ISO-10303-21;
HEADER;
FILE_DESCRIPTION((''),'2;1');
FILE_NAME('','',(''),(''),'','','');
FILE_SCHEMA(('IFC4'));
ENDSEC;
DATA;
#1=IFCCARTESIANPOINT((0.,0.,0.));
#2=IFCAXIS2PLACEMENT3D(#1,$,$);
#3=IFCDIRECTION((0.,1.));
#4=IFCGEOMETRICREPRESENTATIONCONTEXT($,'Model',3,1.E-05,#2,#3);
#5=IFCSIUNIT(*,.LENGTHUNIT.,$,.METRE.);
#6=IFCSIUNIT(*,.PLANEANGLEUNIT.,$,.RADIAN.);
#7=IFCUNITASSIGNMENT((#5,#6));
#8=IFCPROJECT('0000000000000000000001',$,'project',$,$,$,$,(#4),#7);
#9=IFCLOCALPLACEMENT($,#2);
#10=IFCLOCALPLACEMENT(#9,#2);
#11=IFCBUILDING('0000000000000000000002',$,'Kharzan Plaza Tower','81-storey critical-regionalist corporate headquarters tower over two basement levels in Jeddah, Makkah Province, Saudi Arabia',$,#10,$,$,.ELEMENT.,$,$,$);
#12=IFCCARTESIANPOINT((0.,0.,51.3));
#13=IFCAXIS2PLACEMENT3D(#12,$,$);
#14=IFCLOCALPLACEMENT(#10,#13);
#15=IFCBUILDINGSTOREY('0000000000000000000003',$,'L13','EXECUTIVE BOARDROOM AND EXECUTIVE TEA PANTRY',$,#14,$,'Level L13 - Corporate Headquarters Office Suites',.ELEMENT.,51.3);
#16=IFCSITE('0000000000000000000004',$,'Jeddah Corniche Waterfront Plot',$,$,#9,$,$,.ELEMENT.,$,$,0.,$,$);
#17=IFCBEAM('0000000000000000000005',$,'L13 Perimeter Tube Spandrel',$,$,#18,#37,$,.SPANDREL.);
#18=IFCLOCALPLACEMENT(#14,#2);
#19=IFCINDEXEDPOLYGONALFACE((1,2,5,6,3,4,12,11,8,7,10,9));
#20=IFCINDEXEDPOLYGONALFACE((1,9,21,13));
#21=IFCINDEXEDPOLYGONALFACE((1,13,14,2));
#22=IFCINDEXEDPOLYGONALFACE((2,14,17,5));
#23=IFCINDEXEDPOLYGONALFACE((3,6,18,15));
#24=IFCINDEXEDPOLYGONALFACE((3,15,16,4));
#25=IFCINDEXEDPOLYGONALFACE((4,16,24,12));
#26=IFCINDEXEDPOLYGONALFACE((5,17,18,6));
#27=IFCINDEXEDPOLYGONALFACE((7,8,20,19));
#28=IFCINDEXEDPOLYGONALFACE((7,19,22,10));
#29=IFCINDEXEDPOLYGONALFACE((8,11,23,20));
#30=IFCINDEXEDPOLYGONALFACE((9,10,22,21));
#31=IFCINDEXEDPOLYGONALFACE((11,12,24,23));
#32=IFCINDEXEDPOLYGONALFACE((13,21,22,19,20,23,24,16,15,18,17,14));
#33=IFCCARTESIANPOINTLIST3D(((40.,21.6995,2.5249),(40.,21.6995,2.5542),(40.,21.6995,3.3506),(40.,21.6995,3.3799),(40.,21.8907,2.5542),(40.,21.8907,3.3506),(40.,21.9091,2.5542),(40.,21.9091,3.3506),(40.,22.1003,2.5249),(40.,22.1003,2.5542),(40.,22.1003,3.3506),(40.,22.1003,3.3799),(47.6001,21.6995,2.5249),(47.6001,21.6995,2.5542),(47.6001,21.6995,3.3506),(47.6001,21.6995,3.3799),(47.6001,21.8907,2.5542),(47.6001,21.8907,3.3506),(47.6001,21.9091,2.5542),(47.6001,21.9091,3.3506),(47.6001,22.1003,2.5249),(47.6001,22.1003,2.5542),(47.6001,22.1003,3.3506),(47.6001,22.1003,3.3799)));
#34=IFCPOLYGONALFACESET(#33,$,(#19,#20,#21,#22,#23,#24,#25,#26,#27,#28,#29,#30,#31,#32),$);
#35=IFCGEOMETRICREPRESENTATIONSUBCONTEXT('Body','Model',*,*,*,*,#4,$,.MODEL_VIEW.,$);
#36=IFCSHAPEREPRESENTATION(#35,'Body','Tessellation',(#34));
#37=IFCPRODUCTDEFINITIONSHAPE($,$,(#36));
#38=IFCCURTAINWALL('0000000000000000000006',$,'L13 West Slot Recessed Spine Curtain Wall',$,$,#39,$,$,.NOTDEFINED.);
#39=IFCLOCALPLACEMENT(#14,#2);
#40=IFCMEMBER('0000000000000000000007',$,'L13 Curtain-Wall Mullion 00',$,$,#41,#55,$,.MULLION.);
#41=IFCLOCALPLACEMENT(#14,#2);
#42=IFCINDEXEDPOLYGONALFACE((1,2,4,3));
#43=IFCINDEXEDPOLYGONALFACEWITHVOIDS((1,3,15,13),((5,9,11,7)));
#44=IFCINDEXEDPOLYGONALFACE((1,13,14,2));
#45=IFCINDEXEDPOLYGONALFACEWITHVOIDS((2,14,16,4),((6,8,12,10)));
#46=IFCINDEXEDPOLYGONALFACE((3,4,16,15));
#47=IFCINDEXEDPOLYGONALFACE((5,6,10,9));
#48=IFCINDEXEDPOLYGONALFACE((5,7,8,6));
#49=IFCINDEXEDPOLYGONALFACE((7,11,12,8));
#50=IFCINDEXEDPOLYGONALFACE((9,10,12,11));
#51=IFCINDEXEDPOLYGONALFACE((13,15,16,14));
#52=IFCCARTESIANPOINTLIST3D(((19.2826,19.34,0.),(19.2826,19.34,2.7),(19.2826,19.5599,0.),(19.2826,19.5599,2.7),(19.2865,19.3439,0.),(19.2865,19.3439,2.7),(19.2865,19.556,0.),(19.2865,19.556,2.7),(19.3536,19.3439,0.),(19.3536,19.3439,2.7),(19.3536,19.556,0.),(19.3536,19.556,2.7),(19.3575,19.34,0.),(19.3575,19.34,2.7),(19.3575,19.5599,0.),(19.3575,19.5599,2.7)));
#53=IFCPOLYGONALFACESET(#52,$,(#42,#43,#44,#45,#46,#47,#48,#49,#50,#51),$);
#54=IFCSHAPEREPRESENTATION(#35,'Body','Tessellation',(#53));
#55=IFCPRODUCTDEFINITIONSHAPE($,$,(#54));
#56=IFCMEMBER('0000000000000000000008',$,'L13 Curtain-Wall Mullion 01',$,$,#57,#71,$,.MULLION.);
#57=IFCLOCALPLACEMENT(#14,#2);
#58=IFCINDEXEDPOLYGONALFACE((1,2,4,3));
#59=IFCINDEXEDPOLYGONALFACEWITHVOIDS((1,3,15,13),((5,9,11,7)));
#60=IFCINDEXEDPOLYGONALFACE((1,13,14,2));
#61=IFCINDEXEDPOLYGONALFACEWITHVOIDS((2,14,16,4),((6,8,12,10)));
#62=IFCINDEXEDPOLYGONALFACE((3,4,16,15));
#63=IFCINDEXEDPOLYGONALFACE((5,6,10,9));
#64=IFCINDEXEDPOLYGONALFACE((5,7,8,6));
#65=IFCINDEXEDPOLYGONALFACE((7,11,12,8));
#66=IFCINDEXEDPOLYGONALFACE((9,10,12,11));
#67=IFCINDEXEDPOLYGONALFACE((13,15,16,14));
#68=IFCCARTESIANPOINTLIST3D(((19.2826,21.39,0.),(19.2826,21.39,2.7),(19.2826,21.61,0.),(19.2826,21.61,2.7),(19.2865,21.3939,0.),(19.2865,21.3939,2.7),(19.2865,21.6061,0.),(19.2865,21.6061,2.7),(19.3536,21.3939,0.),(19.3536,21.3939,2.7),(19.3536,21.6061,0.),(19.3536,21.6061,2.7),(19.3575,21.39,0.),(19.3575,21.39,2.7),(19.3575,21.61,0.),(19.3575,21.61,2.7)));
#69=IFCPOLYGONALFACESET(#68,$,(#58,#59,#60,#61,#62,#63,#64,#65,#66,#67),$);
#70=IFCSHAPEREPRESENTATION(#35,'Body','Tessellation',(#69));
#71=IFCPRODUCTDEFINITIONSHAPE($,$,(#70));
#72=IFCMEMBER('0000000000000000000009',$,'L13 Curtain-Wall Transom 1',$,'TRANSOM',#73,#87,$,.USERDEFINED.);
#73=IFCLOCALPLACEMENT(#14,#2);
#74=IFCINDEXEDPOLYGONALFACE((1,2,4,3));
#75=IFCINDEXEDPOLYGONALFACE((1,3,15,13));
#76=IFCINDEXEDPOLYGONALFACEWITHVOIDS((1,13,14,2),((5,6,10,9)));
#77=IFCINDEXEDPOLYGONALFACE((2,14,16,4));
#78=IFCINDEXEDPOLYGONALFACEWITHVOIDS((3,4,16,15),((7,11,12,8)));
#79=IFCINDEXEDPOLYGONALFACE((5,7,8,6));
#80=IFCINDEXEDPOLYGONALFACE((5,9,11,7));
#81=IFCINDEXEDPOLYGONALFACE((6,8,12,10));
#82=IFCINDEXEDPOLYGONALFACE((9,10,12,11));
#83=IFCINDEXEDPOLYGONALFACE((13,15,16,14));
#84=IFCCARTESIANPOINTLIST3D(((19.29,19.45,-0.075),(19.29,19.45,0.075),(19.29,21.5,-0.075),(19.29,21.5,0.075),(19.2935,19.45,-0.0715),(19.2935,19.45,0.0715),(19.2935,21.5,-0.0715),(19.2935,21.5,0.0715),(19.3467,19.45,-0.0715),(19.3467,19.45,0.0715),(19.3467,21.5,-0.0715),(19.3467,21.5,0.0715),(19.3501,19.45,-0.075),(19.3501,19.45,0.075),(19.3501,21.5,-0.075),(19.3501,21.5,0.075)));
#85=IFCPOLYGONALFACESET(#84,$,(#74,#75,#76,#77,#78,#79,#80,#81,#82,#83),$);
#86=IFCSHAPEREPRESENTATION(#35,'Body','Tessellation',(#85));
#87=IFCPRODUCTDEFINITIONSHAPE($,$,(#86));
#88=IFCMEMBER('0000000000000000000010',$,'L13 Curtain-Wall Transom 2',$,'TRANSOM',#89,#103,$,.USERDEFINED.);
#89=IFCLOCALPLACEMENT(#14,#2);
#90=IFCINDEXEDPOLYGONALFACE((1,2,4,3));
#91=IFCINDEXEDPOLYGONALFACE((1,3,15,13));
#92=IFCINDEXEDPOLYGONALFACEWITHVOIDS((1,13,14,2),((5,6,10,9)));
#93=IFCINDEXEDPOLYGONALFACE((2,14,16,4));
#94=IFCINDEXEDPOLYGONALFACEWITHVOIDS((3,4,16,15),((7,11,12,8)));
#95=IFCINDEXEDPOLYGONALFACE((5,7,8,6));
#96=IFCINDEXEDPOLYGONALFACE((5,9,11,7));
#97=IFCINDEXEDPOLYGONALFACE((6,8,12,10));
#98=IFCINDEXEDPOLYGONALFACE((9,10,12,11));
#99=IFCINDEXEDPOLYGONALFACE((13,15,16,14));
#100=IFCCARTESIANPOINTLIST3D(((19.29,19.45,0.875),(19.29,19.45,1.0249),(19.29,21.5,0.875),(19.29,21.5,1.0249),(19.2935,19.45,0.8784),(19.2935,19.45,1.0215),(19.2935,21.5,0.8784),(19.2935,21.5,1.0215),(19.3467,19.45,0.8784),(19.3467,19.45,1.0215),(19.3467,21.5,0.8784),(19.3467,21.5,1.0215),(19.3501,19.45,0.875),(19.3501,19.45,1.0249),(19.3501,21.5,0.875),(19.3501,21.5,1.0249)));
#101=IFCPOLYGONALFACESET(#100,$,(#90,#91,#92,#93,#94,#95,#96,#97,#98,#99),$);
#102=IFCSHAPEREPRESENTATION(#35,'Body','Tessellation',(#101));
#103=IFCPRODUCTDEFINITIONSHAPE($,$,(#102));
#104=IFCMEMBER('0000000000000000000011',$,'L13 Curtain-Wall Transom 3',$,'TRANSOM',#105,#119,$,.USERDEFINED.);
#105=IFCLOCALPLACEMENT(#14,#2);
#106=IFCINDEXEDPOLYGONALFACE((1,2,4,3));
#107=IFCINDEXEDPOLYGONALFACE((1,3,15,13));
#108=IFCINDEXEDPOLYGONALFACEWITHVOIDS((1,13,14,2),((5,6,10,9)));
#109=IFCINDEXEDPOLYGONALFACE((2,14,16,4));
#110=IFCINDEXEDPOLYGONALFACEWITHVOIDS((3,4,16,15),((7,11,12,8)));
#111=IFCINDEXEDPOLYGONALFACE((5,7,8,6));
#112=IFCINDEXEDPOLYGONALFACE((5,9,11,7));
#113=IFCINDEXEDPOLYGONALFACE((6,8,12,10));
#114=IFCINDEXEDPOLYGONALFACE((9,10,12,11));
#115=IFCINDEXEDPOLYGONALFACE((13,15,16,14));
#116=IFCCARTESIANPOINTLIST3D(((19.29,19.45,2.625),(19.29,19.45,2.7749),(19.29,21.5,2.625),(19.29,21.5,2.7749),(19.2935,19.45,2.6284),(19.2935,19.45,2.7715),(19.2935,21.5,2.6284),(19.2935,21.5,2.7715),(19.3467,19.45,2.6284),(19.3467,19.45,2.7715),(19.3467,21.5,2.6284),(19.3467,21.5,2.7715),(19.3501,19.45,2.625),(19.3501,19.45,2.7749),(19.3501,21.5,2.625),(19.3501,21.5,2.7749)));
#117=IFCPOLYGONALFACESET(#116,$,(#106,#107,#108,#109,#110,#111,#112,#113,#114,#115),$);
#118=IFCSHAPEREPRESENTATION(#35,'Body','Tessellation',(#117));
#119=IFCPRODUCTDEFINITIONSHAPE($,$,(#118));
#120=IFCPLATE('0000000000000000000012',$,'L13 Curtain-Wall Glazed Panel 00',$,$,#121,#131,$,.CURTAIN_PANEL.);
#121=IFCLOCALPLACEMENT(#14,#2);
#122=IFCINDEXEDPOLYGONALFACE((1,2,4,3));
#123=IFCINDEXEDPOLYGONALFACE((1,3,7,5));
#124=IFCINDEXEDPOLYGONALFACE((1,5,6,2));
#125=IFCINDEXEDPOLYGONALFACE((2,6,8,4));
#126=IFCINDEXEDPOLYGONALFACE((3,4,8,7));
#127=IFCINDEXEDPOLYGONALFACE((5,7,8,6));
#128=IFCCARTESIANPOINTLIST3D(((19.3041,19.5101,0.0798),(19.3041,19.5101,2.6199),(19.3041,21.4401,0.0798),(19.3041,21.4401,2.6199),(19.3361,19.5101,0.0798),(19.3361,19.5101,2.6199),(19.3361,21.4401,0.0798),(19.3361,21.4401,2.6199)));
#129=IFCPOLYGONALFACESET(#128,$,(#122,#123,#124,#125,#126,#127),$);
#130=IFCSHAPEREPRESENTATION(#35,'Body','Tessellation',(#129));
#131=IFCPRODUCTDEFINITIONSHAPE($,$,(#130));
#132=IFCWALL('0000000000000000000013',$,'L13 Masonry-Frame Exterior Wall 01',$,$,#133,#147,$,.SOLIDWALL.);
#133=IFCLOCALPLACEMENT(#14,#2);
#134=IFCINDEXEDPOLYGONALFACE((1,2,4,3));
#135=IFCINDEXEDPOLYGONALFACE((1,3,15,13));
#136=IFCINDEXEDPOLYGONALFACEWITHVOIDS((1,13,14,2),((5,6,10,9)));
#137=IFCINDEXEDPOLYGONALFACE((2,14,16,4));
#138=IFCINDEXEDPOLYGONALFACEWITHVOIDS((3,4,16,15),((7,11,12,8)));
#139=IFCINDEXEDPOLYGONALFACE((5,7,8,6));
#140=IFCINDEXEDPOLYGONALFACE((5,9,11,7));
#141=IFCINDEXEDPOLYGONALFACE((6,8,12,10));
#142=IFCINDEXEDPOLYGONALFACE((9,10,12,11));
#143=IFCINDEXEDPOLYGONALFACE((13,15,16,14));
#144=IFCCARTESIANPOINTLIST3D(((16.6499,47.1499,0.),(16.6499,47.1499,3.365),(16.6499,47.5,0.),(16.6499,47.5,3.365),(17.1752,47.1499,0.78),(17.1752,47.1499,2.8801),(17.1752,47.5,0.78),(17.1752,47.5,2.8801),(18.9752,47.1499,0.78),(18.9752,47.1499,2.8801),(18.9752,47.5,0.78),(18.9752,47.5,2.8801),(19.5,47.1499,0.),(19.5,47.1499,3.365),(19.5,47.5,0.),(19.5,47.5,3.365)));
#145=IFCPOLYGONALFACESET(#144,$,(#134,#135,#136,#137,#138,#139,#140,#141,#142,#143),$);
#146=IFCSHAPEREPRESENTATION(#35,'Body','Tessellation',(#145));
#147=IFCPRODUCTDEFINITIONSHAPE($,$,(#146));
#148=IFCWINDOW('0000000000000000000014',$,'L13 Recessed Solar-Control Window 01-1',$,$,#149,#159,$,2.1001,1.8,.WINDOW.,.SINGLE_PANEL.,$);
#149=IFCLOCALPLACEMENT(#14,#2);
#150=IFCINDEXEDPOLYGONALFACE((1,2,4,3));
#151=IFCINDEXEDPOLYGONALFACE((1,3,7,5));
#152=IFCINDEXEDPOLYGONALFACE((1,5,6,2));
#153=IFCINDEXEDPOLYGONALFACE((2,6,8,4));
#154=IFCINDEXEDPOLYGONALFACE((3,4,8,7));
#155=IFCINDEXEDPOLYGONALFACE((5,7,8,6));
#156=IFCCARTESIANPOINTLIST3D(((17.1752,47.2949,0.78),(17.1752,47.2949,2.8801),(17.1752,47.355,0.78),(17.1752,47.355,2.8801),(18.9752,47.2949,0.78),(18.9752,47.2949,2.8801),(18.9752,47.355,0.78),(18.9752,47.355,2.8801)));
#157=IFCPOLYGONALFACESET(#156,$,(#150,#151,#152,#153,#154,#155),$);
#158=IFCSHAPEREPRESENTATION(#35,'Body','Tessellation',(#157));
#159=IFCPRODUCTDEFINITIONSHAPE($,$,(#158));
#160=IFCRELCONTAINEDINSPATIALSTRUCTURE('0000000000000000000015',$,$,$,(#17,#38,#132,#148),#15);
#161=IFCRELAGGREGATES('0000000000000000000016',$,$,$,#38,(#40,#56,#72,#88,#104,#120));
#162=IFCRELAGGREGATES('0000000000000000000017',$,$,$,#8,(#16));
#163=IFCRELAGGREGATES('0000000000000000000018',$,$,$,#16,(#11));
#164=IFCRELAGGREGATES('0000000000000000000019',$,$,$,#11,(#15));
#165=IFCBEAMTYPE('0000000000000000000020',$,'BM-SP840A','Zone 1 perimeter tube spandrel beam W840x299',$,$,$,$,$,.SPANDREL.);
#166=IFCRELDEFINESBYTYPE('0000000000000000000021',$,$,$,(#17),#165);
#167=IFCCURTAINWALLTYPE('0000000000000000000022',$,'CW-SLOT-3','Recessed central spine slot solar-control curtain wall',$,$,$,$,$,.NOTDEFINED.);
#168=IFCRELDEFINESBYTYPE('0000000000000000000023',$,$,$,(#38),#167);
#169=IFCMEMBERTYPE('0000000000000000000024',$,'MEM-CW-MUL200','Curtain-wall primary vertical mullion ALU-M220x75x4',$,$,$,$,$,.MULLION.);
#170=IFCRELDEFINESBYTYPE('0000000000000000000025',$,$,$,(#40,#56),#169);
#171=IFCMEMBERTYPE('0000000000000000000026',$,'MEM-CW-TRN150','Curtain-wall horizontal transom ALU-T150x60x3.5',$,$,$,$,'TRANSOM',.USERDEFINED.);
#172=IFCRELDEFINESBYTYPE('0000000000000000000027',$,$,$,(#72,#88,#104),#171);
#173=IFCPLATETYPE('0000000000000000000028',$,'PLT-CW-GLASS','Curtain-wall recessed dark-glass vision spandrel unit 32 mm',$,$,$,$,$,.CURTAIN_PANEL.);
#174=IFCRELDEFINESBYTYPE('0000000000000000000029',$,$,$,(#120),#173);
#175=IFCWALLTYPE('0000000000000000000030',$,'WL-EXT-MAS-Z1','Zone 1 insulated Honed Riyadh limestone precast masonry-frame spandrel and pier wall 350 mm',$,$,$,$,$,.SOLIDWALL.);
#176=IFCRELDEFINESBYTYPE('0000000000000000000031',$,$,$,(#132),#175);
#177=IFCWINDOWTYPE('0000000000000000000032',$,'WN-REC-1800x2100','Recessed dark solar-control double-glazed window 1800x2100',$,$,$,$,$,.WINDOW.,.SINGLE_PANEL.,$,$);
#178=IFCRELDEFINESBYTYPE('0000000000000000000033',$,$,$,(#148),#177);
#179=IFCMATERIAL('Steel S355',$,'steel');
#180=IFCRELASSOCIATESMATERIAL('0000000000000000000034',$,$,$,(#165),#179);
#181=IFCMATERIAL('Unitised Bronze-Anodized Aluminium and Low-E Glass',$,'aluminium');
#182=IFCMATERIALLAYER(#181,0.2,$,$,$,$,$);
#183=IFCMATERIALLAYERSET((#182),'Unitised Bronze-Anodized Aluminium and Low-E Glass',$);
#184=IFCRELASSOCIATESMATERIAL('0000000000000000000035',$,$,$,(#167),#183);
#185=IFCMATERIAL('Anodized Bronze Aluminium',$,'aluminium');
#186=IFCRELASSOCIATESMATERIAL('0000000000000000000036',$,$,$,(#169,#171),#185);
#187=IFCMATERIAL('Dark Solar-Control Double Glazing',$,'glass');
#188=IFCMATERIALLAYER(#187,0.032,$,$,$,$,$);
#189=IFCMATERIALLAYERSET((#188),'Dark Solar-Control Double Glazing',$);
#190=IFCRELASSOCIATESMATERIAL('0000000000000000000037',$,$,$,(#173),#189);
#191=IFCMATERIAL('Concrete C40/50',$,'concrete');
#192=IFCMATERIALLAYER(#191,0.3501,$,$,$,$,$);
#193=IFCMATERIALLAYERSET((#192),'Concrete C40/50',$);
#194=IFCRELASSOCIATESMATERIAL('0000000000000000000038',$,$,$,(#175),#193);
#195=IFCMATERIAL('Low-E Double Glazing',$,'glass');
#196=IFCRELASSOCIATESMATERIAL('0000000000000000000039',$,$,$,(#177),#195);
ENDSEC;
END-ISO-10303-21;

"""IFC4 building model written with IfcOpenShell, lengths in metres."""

from ifc_helpers import new_model, si_unit, direction, frame, frame_2d, origin, origin_2d, place, context, subcontext, project, spatial, rectangle, hollow_rectangle, i_section, extrude, source, transform, mapped, material, layer, layer_set, material_profile, profile_set, type_object, element, fill, aggregate, save


model = new_model("IFC4")

# Units and contexts
model_context = context("Model", 3, precision=1e-05, world=origin(), true_north=direction((0.0, 1.0)))
body_context = subcontext(model_context, "Body", "Model", "MODEL_VIEW")
ifc_project = project(units=[si_unit("LENGTHUNIT", "METRE"), si_unit("PLANEANGLEUNIT", "RADIAN")], contexts=[model_context])

# Site, building, storey
site_placement = place(None, origin())
site = spatial("IfcSite", under=ifc_project, at=site_placement, Name="Jeddah Corniche Waterfront Plot", CompositionType="ELEMENT", RefElevation=0.0)
building_placement = place(site_placement, origin())
building = spatial("IfcBuilding", under=site, at=building_placement, Name="Kharzan Plaza Tower", Description="81-storey critical-regionalist corporate headquarters tower over two basement levels in Jeddah, Makkah Province, Saudi Arabia", CompositionType="ELEMENT")
storey_placement = place(building_placement, frame((0.0, 0.0, 51.3)))
storey = spatial("IfcBuildingStorey", under=building, at=storey_placement, Name="L13", Description="EXECUTIVE BOARDROOM AND EXECUTIVE TEA PANTRY", LongName="Level L13 - Corporate Headquarters Office Suites", CompositionType="ELEMENT", Elevation=51.3)

# Beam
ifc_material_1 = material(Name="Steel S355", Category="steel")
ifc_material_profile_1 = material_profile(ifc_material_1, i_section(OverallWidth=0.4009, OverallDepth=0.855, WebThickness=0.0183, FlangeThickness=0.0293, at=origin_2d()), Name="W840x299")
ifc_profile_set_1 = profile_set([ifc_material_profile_1], Name="Steel S355")
beam_type_1 = type_object("IfcBeamType", Name="BM-SP840A", Description="Zone 1 perimeter tube spandrel beam W840x299", PredefinedType="SPANDREL", material=ifc_profile_set_1)
shared_shape_1 = source(origin(), body_context, "Body", "SweptSolid", [
    extrude(i_section(OverallWidth=0.4009, OverallDepth=0.855, WebThickness=0.0183, FlangeThickness=0.0293, at=origin_2d()), origin(), (0.0, 0.0, 1.0), 7.6001),
])
beam_1_placement = place(storey_placement, frame((40.0, 21.8999, 2.9524), z_axis=(1.0, 0.0, 0.0), x_axis=(0.0, 1.0, 0.0)))
element("IfcBeam", 1, at=beam_1_placement, inside=storey, type_object=beam_type_1, Name="L13 Perimeter Tube Spandrel", PredefinedType="SPANDREL", context=body_context, shape_type="MappedRepresentation", body=[
    mapped(shared_shape_1, transform((0.0, 0.0, 0.0), x_axis=(1.0, 0.0, 0.0), y_axis=(0.0, 1.0, 0.0), z_axis=(0.0, 0.0, 1.0))),
])

# Curtain wall, members, plate
ifc_material_2 = material(Name="Unitised Bronze-Anodized Aluminium and Low-E Glass", Category="aluminium")
ifc_layer_1 = layer(ifc_material_2, 0.2)
ifc_layer_set_1 = layer_set([ifc_layer_1], Name="Unitised Bronze-Anodized Aluminium and Low-E Glass")
curtain_wall_type = type_object("IfcCurtainWallType", Name="CW-SLOT-3", Description="Recessed central spine slot solar-control curtain wall", PredefinedType="NOTDEFINED", material=ifc_layer_set_1)
curtain_wall_placement = place(storey_placement, origin())
curtain_wall = element("IfcCurtainWall", 2, at=curtain_wall_placement, inside=storey, type_object=curtain_wall_type, Name="L13 West Slot Recessed Spine Curtain Wall", PredefinedType="NOTDEFINED")
ifc_material_3 = material(Name="Anodized Bronze Aluminium", Category="aluminium")
ifc_material_profile_2 = material_profile(ifc_material_3, hollow_rectangle(XDim=0.075, YDim=0.22, WallThickness=0.0039, at=origin_2d()), Name="ALU-M220x75x4")
ifc_profile_set_2 = profile_set([ifc_material_profile_2], Name="Anodized Bronze Aluminium")
member_type_1 = type_object("IfcMemberType", Name="MEM-CW-MUL200", Description="Curtain-wall primary vertical mullion ALU-M220x75x4", PredefinedType="MULLION", material=ifc_profile_set_2)
shared_shape_2 = source(origin(), body_context, "Body", "SweptSolid", [
    extrude(hollow_rectangle(XDim=0.075, YDim=0.22, WallThickness=0.0039, at=origin_2d()), origin(), (0.0, 0.0, 1.0), 2.7),
])
member_1_placement = place(storey_placement, frame((19.3201, 19.45, 0.0), z_axis=(0.0, 0.0, 1.0), x_axis=(1.0, 0.0, 0.0)))
member_1 = element("IfcMember", 3, at=member_1_placement, type_object=member_type_1, Name="L13 Curtain-Wall Mullion 00", PredefinedType="MULLION", context=body_context, shape_type="MappedRepresentation", body=[
    mapped(shared_shape_2, transform((0.0, 0.0, 0.0), x_axis=(1.0, 0.0, 0.0), y_axis=(0.0, 1.0, 0.0), z_axis=(0.0, 0.0, 1.0))),
])
member_2_placement = place(storey_placement, frame((19.3201, 21.5, 0.0), z_axis=(0.0, 0.0, 1.0), x_axis=(1.0, 0.0, 0.0)))
member_2 = element("IfcMember", 4, at=member_2_placement, type_object=member_type_1, Name="L13 Curtain-Wall Mullion 01", PredefinedType="MULLION", context=body_context, shape_type="MappedRepresentation", body=[
    mapped(shared_shape_2, transform((0.0, 0.0, 0.0), x_axis=(1.0, 0.0, 0.0), y_axis=(0.0, 1.0, 0.0), z_axis=(0.0, 0.0, 1.0))),
])
ifc_material_profile_3 = material_profile(ifc_material_3, hollow_rectangle(XDim=0.0601, YDim=0.1499, WallThickness=0.0034, at=origin_2d()), Name="ALU-T150x60x3.5")
ifc_profile_set_3 = profile_set([ifc_material_profile_3], Name="Anodized Bronze Aluminium")
member_type_2 = type_object("IfcMemberType", Name="MEM-CW-TRN150", Description="Curtain-wall horizontal transom ALU-T150x60x3.5", ElementType="TRANSOM", PredefinedType="USERDEFINED", material=ifc_profile_set_3)
shared_shape_3 = source(origin(), body_context, "Body", "SweptSolid", [
    extrude(hollow_rectangle(XDim=0.0601, YDim=0.1499, WallThickness=0.0034, at=origin_2d()), origin(), (0.0, 0.0, 1.0), 2.05),
])
member_3_placement = place(storey_placement, frame((19.3201, 19.45, 0.0), z_axis=(0.0, 1.0, 0.0), x_axis=(-1.0, 0.0, 0.0)))
member_3 = element("IfcMember", 5, at=member_3_placement, type_object=member_type_2, Name="L13 Curtain-Wall Transom 1", ObjectType="TRANSOM", PredefinedType="USERDEFINED", context=body_context, shape_type="MappedRepresentation", body=[
    mapped(shared_shape_3, transform((0.0, 0.0, 0.0), x_axis=(1.0, 0.0, 0.0), y_axis=(0.0, 1.0, 0.0), z_axis=(0.0, 0.0, 1.0))),
])
member_4_placement = place(storey_placement, frame((19.3201, 19.45, 0.95), z_axis=(0.0, 1.0, 0.0), x_axis=(-1.0, 0.0, 0.0)))
member_4 = element("IfcMember", 6, at=member_4_placement, type_object=member_type_2, Name="L13 Curtain-Wall Transom 2", ObjectType="TRANSOM", PredefinedType="USERDEFINED", context=body_context, shape_type="MappedRepresentation", body=[
    mapped(shared_shape_3, transform((0.0, 0.0, 0.0), x_axis=(1.0, 0.0, 0.0), y_axis=(0.0, 1.0, 0.0), z_axis=(0.0, 0.0, 1.0))),
])
member_5_placement = place(storey_placement, frame((19.3201, 19.45, 2.7), z_axis=(0.0, 1.0, 0.0), x_axis=(-1.0, 0.0, 0.0)))
member_5 = element("IfcMember", 7, at=member_5_placement, type_object=member_type_2, Name="L13 Curtain-Wall Transom 3", ObjectType="TRANSOM", PredefinedType="USERDEFINED", context=body_context, shape_type="MappedRepresentation", body=[
    mapped(shared_shape_3, transform((0.0, 0.0, 0.0), x_axis=(1.0, 0.0, 0.0), y_axis=(0.0, 1.0, 0.0), z_axis=(0.0, 0.0, 1.0))),
])
ifc_material_4 = material(Name="Dark Solar-Control Double Glazing", Category="glass")
ifc_layer_2 = layer(ifc_material_4, 0.032)
ifc_layer_set_2 = layer_set([ifc_layer_2], Name="Dark Solar-Control Double Glazing")
plate_type = type_object("IfcPlateType", Name="PLT-CW-GLASS", Description="Curtain-wall recessed dark-glass vision spandrel unit 32 mm", PredefinedType="CURTAIN_PANEL", material=ifc_layer_set_2)
shared_shape_4 = source(origin(), body_context, "Body", "SweptSolid", [
    extrude(rectangle(XDim=1.9299, YDim=0.032, at=origin_2d()), origin(), (0.0, 0.0, 1.0), 2.54),
])
plate_placement = place(storey_placement, frame((19.3201, 20.4751, 0.0798), z_axis=(0.0, 0.0, 1.0), x_axis=(0.0, 1.0, 0.0)))
plate = element("IfcPlate", 8, at=plate_placement, type_object=plate_type, Name="L13 Curtain-Wall Glazed Panel 00", PredefinedType="CURTAIN_PANEL", context=body_context, shape_type="MappedRepresentation", body=[
    mapped(shared_shape_4, transform((0.0, 0.0, 0.0), x_axis=(1.0, 0.0, 0.0), y_axis=(0.0, 1.0, 0.0), z_axis=(0.0, 0.0, 1.0))),
])
aggregate(curtain_wall, [member_1, member_2, member_3, member_4, member_5, plate])

# Wall, opening, window
ifc_material_5 = material(Name="Concrete C40/50", Category="concrete")
ifc_layer_3 = layer(ifc_material_5, 0.3501)
ifc_layer_set_3 = layer_set([ifc_layer_3], Name="Concrete C40/50")
wall_type_1 = type_object("IfcWallType", Name="WL-EXT-MAS-Z1", Description="Zone 1 insulated Honed Riyadh limestone precast masonry-frame spandrel and pier wall 350 mm", PredefinedType="SOLIDWALL", material=ifc_layer_set_3)
wall_1_placement = place(storey_placement, frame((19.5, 47.325, 0.0), z_axis=(0.0, 0.0, 1.0), x_axis=(-1.0, 0.0, 0.0)))
wall_1 = element("IfcWall", 9, at=wall_1_placement, inside=storey, type_object=wall_type_1, Name="L13 Masonry-Frame Exterior Wall 01", PredefinedType="SOLIDWALL", context=body_context, shape_type="SweptSolid", body=[
    extrude(rectangle(XDim=2.8501, YDim=0.3501, at=frame_2d((1.425, 0.0))), origin(), (0.0, 0.0, 1.0), 3.365),
])
opening_1_placement = place(wall_1_placement, frame((0.5249, 0.0, 0.78)))
opening_1 = element("IfcOpeningElement", 10, at=opening_1_placement, cuts=wall_1, PredefinedType="OPENING", context=body_context, shape_type="SweptSolid", body=[
    extrude(rectangle(XDim=1.8, YDim=2.1001, at=frame_2d((0.8999, 1.05))), frame((0.0, 0.1851, 0.0), z_axis=(0.0, -1.0, 0.0), x_axis=(1.0, 0.0, 0.0)), (0.0, 0.0, 1.0), 0.3701),
])
ifc_material_6 = material(Name="Low-E Double Glazing", Category="glass")
window_type_1 = type_object("IfcWindowType", Name="WN-REC-1800x2100", Description="Recessed dark solar-control double-glazed window 1800x2100", PartitioningType="SINGLE_PANEL", PredefinedType="WINDOW", material=ifc_material_6)
shared_shape_5 = source(origin(), body_context, "Body", "SweptSolid", [
    extrude(rectangle(XDim=1.8, YDim=2.1001, at=frame_2d((0.8999, 1.05))), frame((0.0, 0.03, 0.0), z_axis=(0.0, -1.0, 0.0), x_axis=(1.0, 0.0, 0.0)), (0.0, 0.0, 1.0), 0.0601),
])
window_1_placement = place(opening_1_placement, origin())
window_1 = element("IfcWindow", 11, at=window_1_placement, inside=storey, type_object=window_type_1, Name="L13 Recessed Solar-Control Window 01-1", OverallHeight=2.1001, OverallWidth=1.8, PartitioningType="SINGLE_PANEL", PredefinedType="WINDOW", context=body_context, shape_type="MappedRepresentation", body=[
    mapped(shared_shape_5, transform((0.0, 0.0, 0.0), x_axis=(1.0, 0.0, 0.0), y_axis=(0.0, 1.0, 0.0), z_axis=(0.0, 0.0, 1.0))),
])
fill(opening_1, window_1)

save(model, "model.ifc")
